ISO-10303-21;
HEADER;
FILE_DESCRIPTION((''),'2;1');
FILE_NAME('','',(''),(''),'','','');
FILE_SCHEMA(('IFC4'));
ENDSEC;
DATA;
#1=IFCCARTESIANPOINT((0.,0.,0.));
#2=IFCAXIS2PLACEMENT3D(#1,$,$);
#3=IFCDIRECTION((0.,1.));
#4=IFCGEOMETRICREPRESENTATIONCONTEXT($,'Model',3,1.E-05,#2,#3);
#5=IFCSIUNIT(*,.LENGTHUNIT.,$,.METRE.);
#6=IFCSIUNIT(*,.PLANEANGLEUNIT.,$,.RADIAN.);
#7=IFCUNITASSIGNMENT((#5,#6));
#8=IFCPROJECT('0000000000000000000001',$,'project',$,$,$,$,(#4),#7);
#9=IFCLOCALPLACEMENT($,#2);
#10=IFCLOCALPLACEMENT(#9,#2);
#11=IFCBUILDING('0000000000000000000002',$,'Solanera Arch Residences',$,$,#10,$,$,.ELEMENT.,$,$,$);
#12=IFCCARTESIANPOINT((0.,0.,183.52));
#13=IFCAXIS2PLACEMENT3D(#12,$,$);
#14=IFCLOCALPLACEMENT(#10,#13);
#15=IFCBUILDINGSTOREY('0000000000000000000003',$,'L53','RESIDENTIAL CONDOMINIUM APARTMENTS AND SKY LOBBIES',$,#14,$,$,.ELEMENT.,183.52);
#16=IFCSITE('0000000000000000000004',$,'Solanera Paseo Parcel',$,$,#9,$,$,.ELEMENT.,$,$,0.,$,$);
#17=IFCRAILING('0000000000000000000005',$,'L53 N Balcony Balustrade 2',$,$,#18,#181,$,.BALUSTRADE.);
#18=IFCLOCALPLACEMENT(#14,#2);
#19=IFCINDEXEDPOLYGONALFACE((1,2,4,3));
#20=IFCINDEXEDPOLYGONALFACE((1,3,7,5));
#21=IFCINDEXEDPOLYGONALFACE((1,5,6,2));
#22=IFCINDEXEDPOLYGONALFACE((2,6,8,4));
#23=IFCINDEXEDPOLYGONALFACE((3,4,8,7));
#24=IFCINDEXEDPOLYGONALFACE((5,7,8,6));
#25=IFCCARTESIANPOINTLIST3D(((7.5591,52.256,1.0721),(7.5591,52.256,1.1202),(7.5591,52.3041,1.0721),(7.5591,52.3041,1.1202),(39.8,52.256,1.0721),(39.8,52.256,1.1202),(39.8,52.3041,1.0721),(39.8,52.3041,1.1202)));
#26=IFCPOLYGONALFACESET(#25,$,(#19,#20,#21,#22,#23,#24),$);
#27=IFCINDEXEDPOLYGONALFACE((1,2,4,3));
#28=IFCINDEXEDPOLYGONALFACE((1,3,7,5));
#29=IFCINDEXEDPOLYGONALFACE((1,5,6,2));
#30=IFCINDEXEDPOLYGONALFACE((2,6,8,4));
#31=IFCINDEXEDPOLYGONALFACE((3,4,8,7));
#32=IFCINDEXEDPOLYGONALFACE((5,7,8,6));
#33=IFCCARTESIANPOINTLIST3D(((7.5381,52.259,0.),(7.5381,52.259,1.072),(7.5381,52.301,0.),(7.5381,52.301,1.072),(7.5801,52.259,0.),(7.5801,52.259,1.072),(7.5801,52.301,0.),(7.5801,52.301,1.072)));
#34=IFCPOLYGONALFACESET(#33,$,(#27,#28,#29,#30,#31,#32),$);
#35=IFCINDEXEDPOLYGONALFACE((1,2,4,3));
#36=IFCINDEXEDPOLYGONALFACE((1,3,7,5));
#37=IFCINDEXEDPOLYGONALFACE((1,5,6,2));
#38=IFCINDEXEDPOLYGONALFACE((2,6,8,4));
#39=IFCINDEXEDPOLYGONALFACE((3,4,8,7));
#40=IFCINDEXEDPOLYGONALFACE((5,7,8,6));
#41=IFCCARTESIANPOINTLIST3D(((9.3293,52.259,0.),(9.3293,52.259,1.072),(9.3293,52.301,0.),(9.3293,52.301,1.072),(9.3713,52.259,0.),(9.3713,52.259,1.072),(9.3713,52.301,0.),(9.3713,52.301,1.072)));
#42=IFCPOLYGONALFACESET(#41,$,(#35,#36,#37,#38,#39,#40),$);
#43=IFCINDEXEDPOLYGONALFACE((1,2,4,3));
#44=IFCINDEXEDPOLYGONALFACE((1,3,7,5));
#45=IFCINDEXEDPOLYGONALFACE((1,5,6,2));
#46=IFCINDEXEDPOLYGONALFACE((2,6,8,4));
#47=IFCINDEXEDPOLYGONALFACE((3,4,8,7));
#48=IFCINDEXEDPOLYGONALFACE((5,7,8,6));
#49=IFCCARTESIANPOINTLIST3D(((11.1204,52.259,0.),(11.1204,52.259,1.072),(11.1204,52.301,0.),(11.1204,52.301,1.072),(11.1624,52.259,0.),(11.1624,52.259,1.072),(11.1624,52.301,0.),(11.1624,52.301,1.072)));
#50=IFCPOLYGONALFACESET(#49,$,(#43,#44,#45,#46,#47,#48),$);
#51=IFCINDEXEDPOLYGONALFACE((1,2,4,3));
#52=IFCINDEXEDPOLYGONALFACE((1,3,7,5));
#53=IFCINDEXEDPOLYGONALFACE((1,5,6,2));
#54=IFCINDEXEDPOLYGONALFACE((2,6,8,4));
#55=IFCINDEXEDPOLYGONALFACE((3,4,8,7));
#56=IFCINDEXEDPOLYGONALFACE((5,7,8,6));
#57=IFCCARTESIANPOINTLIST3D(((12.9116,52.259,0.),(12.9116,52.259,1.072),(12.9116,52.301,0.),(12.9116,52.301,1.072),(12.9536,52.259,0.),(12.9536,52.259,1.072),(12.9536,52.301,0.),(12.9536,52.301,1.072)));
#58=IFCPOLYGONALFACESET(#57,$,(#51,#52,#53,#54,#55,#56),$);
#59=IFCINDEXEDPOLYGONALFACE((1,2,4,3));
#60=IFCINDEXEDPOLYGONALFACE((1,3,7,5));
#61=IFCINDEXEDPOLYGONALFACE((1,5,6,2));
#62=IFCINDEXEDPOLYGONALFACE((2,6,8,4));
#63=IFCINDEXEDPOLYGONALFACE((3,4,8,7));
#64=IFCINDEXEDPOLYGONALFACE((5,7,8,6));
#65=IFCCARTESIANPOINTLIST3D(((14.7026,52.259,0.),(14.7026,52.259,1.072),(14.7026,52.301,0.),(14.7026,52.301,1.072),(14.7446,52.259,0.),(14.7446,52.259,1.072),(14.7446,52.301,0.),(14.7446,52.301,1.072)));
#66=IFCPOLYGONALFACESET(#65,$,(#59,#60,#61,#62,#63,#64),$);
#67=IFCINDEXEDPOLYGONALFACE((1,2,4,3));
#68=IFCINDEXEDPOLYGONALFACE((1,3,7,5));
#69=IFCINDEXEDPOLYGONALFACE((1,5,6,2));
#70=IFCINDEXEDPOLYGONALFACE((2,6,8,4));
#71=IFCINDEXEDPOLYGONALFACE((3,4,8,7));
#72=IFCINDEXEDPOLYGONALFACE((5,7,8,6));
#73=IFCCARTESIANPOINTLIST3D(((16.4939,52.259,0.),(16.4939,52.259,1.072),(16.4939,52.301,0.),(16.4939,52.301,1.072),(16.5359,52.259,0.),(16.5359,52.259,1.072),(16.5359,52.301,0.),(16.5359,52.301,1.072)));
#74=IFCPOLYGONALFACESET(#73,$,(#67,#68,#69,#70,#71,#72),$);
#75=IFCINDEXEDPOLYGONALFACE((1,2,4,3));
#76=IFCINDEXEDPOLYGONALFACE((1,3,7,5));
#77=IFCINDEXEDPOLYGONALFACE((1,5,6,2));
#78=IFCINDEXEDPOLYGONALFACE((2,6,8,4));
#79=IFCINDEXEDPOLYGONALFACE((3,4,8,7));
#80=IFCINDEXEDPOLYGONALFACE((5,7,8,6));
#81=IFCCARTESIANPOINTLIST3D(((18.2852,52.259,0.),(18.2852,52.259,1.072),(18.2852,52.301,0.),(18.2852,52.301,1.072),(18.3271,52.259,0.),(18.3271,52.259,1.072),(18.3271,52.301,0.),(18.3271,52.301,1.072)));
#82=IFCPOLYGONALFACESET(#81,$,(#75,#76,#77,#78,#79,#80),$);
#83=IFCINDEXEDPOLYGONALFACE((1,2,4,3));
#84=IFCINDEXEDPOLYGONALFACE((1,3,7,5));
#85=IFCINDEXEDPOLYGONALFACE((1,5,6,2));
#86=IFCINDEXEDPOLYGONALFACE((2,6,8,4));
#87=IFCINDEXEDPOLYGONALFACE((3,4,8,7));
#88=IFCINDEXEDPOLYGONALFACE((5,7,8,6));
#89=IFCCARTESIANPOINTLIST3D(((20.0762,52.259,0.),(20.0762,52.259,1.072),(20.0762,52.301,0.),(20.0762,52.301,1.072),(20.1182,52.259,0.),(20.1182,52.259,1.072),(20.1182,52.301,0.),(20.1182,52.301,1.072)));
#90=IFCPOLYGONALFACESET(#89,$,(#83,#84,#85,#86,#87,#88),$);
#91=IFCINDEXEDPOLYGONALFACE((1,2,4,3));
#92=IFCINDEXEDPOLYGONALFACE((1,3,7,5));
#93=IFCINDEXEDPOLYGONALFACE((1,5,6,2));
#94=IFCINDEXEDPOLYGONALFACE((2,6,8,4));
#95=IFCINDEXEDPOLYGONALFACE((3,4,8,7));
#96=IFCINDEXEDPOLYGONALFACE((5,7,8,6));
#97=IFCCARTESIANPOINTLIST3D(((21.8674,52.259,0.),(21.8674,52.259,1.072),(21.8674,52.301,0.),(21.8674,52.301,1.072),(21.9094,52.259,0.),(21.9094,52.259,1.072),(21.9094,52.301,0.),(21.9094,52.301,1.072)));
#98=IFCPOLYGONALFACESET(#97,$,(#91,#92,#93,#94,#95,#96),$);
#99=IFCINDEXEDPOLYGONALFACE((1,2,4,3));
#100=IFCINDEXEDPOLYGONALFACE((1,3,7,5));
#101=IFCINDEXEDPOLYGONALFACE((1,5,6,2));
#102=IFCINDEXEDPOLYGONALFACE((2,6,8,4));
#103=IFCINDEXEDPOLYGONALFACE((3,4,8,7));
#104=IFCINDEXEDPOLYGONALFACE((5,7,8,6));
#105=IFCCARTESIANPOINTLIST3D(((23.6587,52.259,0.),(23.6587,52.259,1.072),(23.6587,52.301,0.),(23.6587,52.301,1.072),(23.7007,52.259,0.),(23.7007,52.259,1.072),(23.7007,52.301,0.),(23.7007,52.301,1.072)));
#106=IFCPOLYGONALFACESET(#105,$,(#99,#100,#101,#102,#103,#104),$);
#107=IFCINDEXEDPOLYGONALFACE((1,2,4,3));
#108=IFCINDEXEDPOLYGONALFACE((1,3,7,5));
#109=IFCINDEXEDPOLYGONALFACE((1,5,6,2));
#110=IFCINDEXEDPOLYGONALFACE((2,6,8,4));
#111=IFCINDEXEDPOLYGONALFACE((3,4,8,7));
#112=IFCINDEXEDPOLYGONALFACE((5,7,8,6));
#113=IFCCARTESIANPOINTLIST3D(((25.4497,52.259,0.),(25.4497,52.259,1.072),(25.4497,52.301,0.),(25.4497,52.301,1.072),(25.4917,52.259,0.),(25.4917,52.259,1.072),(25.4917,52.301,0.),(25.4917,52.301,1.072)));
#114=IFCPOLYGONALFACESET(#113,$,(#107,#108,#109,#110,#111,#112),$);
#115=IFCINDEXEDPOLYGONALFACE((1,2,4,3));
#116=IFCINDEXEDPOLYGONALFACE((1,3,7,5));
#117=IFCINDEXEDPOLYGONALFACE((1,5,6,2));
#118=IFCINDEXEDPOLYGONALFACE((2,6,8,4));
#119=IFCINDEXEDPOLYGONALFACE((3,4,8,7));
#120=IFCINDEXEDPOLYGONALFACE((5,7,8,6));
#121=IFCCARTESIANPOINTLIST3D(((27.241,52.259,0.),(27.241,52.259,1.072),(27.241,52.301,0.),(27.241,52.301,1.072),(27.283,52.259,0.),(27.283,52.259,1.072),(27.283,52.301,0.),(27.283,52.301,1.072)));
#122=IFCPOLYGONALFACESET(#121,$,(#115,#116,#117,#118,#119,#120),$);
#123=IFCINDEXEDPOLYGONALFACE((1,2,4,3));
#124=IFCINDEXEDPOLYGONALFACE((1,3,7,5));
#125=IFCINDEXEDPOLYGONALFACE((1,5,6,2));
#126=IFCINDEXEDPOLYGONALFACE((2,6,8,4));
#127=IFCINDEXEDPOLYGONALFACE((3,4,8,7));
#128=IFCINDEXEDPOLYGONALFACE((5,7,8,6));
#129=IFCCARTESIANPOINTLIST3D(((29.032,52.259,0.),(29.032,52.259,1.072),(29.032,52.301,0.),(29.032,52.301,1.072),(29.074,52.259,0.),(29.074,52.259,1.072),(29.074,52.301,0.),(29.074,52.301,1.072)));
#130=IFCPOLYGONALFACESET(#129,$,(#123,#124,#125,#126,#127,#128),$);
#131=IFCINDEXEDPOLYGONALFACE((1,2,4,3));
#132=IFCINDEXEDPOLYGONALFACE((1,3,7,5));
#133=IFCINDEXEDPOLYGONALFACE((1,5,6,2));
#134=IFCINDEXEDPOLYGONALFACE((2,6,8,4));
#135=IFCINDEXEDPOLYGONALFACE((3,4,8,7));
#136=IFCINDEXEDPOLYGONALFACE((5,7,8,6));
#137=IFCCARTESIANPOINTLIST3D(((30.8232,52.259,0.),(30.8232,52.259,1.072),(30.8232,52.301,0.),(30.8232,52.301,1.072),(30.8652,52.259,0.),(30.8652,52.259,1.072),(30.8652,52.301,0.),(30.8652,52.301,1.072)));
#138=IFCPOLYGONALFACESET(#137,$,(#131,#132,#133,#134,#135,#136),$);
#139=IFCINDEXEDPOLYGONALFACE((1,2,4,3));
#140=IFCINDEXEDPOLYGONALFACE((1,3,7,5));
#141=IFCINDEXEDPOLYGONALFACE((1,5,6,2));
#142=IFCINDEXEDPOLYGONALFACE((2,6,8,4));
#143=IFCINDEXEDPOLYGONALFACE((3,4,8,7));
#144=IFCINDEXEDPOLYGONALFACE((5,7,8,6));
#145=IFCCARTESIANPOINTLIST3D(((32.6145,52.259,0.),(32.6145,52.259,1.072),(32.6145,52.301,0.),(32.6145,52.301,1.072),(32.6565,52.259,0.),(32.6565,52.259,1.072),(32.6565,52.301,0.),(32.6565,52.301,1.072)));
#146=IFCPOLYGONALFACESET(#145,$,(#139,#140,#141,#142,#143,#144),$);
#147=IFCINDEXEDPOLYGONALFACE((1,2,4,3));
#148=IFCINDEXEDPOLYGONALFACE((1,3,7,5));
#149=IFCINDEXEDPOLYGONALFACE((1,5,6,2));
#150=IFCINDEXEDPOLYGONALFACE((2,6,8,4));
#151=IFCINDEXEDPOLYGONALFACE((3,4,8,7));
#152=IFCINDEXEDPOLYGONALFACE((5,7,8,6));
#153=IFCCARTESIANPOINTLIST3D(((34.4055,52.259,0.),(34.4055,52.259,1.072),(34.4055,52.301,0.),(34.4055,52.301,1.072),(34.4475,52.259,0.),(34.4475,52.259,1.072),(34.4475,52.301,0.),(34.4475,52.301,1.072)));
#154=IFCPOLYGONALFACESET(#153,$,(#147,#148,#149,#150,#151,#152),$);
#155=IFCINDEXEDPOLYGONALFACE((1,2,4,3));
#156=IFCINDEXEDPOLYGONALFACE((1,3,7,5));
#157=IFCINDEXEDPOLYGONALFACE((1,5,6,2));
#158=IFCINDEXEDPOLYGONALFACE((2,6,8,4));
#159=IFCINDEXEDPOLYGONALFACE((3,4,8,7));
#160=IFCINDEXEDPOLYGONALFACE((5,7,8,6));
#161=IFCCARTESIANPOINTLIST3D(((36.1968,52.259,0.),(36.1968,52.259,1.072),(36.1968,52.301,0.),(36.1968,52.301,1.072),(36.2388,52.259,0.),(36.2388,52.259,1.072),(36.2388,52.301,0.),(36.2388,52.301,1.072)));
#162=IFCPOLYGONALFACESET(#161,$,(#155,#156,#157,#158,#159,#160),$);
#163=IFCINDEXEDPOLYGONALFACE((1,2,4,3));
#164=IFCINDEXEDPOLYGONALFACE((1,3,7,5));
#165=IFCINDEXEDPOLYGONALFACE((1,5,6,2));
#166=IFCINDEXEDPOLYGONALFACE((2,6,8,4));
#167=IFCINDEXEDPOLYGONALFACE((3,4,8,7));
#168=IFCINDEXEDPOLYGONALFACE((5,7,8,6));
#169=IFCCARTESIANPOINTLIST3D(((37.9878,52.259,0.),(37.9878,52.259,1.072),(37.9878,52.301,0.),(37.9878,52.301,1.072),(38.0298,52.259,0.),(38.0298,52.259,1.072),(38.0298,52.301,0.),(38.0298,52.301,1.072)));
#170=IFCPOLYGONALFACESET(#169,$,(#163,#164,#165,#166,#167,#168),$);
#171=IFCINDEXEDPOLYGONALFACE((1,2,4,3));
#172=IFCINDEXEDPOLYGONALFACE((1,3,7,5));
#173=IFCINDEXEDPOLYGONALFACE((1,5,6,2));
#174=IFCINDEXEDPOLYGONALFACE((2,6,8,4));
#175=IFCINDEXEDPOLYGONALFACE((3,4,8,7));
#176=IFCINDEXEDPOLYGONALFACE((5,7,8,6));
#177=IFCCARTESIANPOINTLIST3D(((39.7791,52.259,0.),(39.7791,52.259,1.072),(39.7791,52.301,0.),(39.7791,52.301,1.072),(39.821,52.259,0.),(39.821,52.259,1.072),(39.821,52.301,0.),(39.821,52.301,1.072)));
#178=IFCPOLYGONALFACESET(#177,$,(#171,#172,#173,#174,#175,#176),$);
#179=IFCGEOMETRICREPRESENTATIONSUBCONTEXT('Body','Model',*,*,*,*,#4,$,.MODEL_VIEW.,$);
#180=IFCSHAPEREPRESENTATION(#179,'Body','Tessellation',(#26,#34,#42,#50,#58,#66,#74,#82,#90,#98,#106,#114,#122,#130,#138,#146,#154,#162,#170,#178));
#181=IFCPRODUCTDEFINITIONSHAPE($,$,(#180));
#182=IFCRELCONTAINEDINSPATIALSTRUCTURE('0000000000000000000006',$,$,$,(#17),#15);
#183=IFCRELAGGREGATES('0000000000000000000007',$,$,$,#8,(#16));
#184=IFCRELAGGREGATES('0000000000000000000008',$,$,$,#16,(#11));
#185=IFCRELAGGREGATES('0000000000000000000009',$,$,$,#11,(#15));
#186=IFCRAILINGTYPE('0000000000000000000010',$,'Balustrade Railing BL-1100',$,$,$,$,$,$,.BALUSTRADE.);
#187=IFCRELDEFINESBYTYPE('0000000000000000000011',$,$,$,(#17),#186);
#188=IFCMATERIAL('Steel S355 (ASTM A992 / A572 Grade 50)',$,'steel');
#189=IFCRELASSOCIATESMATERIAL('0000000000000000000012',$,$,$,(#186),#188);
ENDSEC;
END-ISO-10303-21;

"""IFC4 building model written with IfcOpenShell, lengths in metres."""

from ifc_helpers import new_model, si_unit, direction, frame, origin, origin_2d, place, context, subcontext, project, spatial, rectangle, extrude, material, type_object, element, save


model = new_model("IFC4")

# Units and contexts
model_context = context("Model", 3, precision=1e-05, world=origin(), true_north=direction((0.0, 1.0)))
body_context = subcontext(model_context, "Body", "Model", "MODEL_VIEW")
ifc_project = project(units=[si_unit("LENGTHUNIT", "METRE"), si_unit("PLANEANGLEUNIT", "RADIAN")], contexts=[model_context])

# Site, building, storey
site_placement = place(None, origin())
site = spatial("IfcSite", under=ifc_project, at=site_placement, Name="Solanera Paseo Parcel", CompositionType="ELEMENT", RefElevation=0.0)
building_placement = place(site_placement, origin())
building = spatial("IfcBuilding", under=site, at=building_placement, Name="Solanera Arch Residences", CompositionType="ELEMENT")
storey_placement = place(building_placement, frame((0.0, 0.0, 183.52)))
storey = spatial("IfcBuildingStorey", under=building, at=storey_placement, Name="L53", Description="RESIDENTIAL CONDOMINIUM APARTMENTS AND SKY LOBBIES", CompositionType="ELEMENT", Elevation=183.52)

# Railing
ifc_material_1 = material(Name="Steel S355 (ASTM A992 / A572 Grade 50)", Category="steel")
railing_type = type_object("IfcRailingType", Name="Balustrade Railing BL-1100", PredefinedType="BALUSTRADE", material=ifc_material_1)
railing_placement = place(storey_placement, frame((7.5591, 52.28, 0.0)))
element("IfcRailing", 1, at=railing_placement, inside=storey, type_object=railing_type, Name="L53 N Balcony Balustrade 2", PredefinedType="BALUSTRADE", context=body_context, shape_type="SweptSolid", body=[
    extrude(rectangle(XDim=0.0481, YDim=0.0481, at=origin_2d()), frame((0.0, 0.0, 1.0962), z_axis=(1.0, 0.0, 0.0), x_axis=(0.0, 1.0, 0.0)), (0.0, 0.0, 1.0), 32.241),
    extrude(rectangle(XDim=0.042, YDim=0.042, at=origin_2d()), origin(), (0.0, 0.0, 1.0), 1.072),
    extrude(rectangle(XDim=0.042, YDim=0.042, at=origin_2d()), frame((1.7913, 0.0, 0.0)), (0.0, 0.0, 1.0), 1.072),
    extrude(rectangle(XDim=0.042, YDim=0.042, at=origin_2d()), frame((3.5823, 0.0, 0.0)), (0.0, 0.0, 1.0), 1.072),
    extrude(rectangle(XDim=0.042, YDim=0.042, at=origin_2d()), frame((5.3735, 0.0, 0.0)), (0.0, 0.0, 1.0), 1.072),
    extrude(rectangle(XDim=0.042, YDim=0.042, at=origin_2d()), frame((7.1646, 0.0, 0.0)), (0.0, 0.0, 1.0), 1.072),
    extrude(rectangle(XDim=0.042, YDim=0.042, at=origin_2d()), frame((8.9558, 0.0, 0.0)), (0.0, 0.0, 1.0), 1.072),
    extrude(rectangle(XDim=0.042, YDim=0.042, at=origin_2d()), frame((10.7471, 0.0, 0.0)), (0.0, 0.0, 1.0), 1.072),
    extrude(rectangle(XDim=0.042, YDim=0.042, at=origin_2d()), frame((12.5381, 0.0, 0.0)), (0.0, 0.0, 1.0), 1.072),
    extrude(rectangle(XDim=0.042, YDim=0.042, at=origin_2d()), frame((14.3293, 0.0, 0.0)), (0.0, 0.0, 1.0), 1.072),
    extrude(rectangle(XDim=0.042, YDim=0.042, at=origin_2d()), frame((16.1206, 0.0, 0.0)), (0.0, 0.0, 1.0), 1.072),
    extrude(rectangle(XDim=0.042, YDim=0.042, at=origin_2d()), frame((17.9116, 0.0, 0.0)), (0.0, 0.0, 1.0), 1.072),
    extrude(rectangle(XDim=0.042, YDim=0.042, at=origin_2d()), frame((19.7029, 0.0, 0.0)), (0.0, 0.0, 1.0), 1.072),
    extrude(rectangle(XDim=0.042, YDim=0.042, at=origin_2d()), frame((21.4939, 0.0, 0.0)), (0.0, 0.0, 1.0), 1.072),
    extrude(rectangle(XDim=0.042, YDim=0.042, at=origin_2d()), frame((23.2852, 0.0, 0.0)), (0.0, 0.0, 1.0), 1.072),
    extrude(rectangle(XDim=0.042, YDim=0.042, at=origin_2d()), frame((25.0764, 0.0, 0.0)), (0.0, 0.0, 1.0), 1.072),
    extrude(rectangle(XDim=0.042, YDim=0.042, at=origin_2d()), frame((26.8674, 0.0, 0.0)), (0.0, 0.0, 1.0), 1.072),
    extrude(rectangle(XDim=0.042, YDim=0.042, at=origin_2d()), frame((28.6587, 0.0, 0.0)), (0.0, 0.0, 1.0), 1.072),
    extrude(rectangle(XDim=0.042, YDim=0.042, at=origin_2d()), frame((30.4497, 0.0, 0.0)), (0.0, 0.0, 1.0), 1.072),
    extrude(rectangle(XDim=0.042, YDim=0.042, at=origin_2d()), frame((32.241, 0.0, 0.0)), (0.0, 0.0, 1.0), 1.072),
])

save(model, "model.ifc")
